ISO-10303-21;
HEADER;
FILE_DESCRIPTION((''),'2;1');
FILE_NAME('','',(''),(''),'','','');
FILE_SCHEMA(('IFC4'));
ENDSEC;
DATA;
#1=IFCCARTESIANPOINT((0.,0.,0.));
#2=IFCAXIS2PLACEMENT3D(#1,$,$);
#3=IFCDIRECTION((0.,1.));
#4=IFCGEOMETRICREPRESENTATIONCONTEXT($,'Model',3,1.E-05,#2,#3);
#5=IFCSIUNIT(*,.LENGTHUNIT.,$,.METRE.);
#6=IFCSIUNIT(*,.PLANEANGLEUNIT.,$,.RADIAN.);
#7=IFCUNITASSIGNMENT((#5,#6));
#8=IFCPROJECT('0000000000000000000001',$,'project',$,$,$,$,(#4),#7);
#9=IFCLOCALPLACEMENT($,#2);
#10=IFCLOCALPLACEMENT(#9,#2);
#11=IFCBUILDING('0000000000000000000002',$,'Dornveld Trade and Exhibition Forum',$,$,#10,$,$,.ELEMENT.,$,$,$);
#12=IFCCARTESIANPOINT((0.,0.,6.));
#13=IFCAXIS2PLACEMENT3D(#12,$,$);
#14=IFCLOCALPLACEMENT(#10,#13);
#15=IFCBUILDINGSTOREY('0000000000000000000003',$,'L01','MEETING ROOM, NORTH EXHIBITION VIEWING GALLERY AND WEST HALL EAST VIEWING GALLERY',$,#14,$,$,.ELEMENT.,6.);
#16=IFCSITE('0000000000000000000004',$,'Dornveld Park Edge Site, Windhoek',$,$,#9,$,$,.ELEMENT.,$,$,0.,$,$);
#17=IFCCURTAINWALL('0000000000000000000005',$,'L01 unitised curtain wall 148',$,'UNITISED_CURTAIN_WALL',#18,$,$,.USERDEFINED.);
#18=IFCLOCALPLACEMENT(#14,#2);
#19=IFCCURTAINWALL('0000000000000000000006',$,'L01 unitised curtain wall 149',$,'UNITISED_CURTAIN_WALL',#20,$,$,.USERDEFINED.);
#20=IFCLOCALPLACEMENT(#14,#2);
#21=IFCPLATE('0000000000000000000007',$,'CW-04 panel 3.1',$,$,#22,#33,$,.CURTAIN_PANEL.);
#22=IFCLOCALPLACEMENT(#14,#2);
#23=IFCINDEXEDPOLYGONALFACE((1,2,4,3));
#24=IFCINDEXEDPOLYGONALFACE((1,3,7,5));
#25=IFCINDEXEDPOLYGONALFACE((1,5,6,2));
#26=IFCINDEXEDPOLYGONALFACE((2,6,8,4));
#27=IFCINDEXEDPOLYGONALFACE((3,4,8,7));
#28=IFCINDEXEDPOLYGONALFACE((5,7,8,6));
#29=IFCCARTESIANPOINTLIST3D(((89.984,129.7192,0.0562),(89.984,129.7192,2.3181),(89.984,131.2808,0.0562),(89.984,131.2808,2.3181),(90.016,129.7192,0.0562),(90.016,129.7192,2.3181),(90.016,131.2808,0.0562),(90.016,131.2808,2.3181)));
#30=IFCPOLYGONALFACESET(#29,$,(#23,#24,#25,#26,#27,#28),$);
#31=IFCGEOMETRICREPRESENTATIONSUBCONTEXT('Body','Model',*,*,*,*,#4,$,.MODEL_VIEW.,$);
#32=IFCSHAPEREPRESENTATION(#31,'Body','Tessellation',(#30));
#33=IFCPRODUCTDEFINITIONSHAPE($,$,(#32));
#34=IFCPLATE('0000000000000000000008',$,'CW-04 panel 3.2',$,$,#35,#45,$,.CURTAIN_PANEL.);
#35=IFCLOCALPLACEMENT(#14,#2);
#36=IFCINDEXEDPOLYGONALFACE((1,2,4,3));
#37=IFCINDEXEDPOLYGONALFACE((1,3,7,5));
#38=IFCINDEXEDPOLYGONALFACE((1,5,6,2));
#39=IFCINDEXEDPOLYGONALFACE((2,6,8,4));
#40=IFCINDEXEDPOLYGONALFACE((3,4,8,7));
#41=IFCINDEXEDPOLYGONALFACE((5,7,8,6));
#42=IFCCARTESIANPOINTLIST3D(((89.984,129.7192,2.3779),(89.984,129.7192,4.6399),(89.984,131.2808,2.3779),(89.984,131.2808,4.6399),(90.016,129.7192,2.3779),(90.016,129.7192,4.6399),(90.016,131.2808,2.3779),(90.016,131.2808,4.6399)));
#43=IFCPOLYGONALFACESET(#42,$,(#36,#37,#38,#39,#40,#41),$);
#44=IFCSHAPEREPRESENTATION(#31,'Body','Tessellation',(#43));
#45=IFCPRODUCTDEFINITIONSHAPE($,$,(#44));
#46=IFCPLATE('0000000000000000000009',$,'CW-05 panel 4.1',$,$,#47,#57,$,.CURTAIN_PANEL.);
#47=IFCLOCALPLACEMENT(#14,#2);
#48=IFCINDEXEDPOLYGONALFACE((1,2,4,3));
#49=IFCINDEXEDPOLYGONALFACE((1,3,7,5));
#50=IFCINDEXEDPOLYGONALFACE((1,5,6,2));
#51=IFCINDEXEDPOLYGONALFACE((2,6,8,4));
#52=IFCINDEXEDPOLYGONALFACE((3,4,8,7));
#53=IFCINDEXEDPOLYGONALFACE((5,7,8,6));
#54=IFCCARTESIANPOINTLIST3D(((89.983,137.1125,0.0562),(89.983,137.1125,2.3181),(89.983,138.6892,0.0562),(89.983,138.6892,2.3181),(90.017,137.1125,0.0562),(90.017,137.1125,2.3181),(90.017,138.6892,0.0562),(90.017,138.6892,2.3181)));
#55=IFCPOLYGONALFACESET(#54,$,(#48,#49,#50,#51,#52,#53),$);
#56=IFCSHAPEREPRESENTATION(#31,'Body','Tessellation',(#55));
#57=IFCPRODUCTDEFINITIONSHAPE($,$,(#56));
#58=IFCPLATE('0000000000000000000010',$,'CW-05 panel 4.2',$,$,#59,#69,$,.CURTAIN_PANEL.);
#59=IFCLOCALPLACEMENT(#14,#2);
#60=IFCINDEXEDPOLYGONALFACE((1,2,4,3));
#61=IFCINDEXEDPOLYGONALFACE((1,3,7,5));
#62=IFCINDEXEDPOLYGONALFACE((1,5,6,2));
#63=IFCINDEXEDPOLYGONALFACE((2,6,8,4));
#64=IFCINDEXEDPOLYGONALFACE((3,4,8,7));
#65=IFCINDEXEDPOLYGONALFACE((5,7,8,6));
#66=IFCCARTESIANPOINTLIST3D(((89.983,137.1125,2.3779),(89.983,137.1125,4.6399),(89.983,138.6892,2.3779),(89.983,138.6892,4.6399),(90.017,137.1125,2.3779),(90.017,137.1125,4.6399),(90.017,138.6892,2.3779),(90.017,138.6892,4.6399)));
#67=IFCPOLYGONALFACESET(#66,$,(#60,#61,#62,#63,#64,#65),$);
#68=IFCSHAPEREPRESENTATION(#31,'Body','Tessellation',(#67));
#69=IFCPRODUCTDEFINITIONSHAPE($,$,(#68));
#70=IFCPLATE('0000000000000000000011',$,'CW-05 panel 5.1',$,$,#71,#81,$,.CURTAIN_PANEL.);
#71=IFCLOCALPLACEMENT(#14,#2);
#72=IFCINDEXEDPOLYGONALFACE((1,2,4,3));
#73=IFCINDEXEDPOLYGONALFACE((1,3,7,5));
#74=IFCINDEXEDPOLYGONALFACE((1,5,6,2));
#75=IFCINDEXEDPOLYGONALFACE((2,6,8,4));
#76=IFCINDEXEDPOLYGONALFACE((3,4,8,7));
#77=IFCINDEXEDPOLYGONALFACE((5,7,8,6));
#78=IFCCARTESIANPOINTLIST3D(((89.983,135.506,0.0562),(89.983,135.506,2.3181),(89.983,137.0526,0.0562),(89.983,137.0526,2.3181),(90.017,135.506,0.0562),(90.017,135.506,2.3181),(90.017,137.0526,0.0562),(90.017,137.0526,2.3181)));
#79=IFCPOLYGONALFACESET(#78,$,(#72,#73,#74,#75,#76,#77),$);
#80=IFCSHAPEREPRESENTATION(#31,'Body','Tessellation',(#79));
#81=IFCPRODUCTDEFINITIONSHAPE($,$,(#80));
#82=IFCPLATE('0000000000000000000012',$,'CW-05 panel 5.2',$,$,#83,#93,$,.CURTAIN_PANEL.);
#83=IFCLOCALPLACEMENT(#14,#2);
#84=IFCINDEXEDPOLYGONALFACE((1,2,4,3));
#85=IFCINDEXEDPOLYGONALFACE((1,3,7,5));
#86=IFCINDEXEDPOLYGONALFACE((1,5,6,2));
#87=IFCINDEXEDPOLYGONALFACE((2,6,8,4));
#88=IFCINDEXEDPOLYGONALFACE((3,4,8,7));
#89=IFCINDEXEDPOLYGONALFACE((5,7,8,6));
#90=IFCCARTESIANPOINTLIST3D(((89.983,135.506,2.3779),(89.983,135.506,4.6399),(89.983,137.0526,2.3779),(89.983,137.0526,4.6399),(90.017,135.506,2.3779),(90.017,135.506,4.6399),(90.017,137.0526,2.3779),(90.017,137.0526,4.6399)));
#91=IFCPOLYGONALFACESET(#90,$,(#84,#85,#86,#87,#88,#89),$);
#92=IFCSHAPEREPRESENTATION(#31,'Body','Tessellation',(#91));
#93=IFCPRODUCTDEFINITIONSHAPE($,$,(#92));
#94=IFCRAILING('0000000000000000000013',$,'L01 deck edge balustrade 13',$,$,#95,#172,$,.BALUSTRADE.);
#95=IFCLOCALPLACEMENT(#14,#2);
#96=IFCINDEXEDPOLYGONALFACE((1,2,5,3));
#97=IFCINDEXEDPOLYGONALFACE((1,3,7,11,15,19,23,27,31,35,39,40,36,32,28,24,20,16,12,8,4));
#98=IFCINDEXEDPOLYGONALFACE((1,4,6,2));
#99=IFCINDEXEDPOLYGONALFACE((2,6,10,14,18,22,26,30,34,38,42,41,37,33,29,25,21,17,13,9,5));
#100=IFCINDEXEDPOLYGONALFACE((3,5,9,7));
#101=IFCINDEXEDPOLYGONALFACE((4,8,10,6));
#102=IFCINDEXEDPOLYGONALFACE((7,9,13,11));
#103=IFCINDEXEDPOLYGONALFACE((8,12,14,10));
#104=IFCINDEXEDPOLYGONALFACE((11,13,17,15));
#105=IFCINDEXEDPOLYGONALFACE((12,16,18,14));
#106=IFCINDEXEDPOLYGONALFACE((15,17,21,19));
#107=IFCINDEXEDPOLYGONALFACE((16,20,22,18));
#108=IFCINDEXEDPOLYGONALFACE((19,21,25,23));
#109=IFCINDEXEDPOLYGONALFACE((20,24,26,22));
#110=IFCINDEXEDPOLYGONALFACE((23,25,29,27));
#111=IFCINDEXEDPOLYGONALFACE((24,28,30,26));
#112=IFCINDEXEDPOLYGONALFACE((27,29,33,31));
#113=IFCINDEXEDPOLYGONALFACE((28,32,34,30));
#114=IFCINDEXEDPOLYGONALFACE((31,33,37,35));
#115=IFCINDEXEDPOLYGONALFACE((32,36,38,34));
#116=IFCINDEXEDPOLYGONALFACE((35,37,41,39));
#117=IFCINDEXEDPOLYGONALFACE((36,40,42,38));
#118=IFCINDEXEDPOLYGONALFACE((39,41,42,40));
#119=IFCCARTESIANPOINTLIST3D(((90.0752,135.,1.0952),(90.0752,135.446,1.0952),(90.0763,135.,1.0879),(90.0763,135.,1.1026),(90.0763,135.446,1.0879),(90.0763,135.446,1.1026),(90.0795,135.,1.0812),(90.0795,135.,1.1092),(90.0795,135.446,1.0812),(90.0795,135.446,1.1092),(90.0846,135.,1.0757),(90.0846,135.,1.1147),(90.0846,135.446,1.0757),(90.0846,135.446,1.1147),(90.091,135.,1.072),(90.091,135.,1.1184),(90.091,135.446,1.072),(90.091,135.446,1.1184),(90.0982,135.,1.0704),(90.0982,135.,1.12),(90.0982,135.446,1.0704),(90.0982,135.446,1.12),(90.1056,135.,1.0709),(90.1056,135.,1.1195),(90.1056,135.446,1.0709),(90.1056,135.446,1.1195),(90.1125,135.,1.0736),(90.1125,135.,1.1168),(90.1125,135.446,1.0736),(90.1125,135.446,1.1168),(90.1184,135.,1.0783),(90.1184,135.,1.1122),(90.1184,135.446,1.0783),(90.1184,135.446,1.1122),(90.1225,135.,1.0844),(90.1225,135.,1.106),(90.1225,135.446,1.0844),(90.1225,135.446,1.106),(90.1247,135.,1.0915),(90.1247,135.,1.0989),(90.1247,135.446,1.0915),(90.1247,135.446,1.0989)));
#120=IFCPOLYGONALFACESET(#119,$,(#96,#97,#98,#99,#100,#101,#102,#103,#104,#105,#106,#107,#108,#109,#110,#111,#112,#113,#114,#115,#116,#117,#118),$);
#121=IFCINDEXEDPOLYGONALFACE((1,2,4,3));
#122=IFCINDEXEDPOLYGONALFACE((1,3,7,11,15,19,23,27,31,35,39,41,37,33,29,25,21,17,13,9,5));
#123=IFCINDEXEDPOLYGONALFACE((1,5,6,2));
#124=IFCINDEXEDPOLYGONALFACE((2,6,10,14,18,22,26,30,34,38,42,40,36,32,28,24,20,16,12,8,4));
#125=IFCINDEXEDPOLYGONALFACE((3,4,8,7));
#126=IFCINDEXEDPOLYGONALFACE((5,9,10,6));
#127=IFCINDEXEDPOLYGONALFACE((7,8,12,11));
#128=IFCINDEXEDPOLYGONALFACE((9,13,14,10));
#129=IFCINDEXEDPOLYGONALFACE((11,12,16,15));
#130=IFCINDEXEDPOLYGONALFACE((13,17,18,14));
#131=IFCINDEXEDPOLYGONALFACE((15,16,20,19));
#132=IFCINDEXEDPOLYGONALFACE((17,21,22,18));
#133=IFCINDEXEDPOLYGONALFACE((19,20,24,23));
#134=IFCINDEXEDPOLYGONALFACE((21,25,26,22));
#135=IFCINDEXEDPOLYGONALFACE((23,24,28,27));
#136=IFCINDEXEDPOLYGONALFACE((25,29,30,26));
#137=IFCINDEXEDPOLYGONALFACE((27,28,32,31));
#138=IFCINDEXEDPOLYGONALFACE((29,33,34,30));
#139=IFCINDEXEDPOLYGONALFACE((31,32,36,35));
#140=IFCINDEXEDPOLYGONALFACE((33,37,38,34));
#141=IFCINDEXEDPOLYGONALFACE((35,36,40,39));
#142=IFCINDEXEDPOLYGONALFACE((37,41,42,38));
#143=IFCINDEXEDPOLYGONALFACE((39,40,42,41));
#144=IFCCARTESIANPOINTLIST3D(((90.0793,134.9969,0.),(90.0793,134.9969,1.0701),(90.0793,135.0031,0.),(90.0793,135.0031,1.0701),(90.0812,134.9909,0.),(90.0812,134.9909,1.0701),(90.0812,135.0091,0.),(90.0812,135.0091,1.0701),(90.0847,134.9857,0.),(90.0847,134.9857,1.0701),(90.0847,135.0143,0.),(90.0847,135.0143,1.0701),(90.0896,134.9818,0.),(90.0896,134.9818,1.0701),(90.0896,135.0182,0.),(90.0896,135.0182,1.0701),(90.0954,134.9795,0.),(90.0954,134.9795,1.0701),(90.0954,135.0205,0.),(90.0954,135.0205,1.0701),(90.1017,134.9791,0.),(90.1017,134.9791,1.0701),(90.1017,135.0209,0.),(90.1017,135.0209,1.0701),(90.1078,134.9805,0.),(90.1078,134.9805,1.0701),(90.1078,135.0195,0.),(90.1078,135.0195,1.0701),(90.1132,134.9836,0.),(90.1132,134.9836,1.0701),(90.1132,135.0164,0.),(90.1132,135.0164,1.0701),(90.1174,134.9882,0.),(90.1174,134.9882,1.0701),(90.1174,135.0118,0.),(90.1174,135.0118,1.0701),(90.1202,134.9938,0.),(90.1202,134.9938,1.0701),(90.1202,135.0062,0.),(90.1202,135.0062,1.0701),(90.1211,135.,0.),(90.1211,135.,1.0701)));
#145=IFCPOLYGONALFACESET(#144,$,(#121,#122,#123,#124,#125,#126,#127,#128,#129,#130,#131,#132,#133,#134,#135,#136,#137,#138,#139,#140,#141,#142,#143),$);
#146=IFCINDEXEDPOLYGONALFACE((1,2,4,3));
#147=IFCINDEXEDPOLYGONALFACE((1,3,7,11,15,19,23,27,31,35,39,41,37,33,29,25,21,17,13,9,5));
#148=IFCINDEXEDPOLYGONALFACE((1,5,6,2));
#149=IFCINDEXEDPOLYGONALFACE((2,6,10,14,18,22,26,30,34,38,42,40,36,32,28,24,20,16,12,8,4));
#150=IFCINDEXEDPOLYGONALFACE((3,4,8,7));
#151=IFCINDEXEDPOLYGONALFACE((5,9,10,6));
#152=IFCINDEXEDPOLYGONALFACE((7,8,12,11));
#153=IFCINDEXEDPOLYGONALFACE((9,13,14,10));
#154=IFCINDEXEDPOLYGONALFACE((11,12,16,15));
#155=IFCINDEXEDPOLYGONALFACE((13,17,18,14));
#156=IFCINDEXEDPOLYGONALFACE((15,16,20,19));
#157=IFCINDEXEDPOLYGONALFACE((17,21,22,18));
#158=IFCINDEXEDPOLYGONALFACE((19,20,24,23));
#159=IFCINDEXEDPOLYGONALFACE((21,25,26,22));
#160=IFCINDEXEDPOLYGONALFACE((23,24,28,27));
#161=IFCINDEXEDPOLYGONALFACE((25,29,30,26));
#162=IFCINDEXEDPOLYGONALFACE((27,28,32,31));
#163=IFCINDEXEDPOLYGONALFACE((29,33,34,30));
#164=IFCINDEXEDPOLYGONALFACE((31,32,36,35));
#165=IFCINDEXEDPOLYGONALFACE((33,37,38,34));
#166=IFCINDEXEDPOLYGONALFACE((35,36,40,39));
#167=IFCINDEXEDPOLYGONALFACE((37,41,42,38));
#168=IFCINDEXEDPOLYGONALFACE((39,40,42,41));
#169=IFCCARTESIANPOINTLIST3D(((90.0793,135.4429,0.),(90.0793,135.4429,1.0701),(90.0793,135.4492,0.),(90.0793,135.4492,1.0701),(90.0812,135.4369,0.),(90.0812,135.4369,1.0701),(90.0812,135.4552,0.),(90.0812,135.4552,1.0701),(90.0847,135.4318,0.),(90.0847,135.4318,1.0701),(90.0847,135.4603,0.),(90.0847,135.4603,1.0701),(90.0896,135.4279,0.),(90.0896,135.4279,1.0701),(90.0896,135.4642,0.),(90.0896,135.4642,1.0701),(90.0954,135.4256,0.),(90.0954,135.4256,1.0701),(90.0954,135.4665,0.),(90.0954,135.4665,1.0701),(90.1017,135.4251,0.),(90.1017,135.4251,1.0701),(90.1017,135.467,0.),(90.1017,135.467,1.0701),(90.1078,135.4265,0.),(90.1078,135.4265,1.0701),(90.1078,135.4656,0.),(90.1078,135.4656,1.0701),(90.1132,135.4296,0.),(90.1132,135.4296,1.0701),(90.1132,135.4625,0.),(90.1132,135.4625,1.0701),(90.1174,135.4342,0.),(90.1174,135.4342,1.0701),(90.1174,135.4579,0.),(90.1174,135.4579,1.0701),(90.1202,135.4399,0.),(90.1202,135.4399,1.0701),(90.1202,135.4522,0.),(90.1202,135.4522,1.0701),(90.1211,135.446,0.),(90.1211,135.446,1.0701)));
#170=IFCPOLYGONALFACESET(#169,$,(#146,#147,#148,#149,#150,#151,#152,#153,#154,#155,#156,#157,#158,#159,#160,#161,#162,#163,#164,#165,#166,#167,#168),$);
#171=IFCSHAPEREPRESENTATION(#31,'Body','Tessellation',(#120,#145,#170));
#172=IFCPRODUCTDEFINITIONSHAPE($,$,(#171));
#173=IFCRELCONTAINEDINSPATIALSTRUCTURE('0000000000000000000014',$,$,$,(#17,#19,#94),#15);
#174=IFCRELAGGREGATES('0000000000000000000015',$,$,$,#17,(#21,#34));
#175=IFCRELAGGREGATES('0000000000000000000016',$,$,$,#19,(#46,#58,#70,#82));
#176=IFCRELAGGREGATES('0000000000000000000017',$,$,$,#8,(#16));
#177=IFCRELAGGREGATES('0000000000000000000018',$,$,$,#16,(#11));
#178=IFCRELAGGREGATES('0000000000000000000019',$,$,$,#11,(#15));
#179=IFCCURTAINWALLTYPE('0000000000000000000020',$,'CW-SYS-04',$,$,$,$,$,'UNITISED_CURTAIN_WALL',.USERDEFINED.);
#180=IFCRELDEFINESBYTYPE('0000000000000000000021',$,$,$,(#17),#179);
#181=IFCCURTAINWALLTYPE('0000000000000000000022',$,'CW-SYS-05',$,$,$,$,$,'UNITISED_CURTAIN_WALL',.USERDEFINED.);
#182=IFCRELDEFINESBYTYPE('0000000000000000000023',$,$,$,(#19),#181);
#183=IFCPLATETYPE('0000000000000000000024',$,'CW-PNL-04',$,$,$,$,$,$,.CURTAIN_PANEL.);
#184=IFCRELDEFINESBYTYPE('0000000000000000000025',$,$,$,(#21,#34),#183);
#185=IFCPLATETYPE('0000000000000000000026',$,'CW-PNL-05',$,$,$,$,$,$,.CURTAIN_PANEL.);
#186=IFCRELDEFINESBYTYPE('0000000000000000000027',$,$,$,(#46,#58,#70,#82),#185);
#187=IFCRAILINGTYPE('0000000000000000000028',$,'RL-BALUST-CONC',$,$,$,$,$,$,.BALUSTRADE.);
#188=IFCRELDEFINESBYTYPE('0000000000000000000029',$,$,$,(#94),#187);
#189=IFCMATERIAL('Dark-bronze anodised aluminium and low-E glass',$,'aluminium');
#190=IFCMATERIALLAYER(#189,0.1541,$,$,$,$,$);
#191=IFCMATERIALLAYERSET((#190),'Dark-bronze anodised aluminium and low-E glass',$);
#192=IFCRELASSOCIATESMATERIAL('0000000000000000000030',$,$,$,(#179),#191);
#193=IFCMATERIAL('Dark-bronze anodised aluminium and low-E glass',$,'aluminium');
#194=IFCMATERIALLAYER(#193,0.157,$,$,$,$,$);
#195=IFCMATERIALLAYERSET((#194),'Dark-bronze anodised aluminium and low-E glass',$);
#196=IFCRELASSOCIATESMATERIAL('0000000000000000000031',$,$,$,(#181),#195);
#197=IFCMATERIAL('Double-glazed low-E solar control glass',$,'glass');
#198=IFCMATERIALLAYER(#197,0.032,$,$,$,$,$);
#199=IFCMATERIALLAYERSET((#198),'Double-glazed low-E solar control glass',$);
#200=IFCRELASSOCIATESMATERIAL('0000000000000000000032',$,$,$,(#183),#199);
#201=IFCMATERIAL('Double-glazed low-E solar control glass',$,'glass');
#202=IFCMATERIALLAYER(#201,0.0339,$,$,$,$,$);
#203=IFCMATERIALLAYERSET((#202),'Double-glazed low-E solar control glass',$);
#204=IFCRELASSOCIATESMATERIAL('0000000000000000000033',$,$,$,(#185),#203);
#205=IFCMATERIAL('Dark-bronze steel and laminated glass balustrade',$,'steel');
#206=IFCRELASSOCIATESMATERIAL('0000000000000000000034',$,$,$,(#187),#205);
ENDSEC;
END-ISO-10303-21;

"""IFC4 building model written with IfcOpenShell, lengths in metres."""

from ifc_helpers import new_model, si_unit, direction, frame, origin, origin_2d, place, context, subcontext, project, spatial, rectangle, circle, extrude, material, layer, layer_set, type_object, element, aggregate, save


model = new_model("IFC4")

# Units and contexts
model_context = context("Model", 3, precision=1e-05, world=origin(), true_north=direction((0.0, 1.0)))
body_context = subcontext(model_context, "Body", "Model", "MODEL_VIEW")
ifc_project = project(units=[si_unit("LENGTHUNIT", "METRE"), si_unit("PLANEANGLEUNIT", "RADIAN")], contexts=[model_context])

# Site, building, storey
site_placement = place(None, origin())
site = spatial("IfcSite", under=ifc_project, at=site_placement, Name="Dornveld Park Edge Site, Windhoek", CompositionType="ELEMENT", RefElevation=0.0)
building_placement = place(site_placement, origin())
building = spatial("IfcBuilding", under=site, at=building_placement, Name="Dornveld Trade and Exhibition Forum", CompositionType="ELEMENT")
storey_placement = place(building_placement, frame((0.0, 0.0, 6.0)))
storey = spatial("IfcBuildingStorey", under=building, at=storey_placement, Name="L01", Description="MEETING ROOM, NORTH EXHIBITION VIEWING GALLERY AND WEST HALL EAST VIEWING GALLERY", CompositionType="ELEMENT", Elevation=6.0)

# Curtain walls
ifc_material_1 = material(Name="Dark-bronze anodised aluminium and low-E glass", Category="aluminium")
ifc_layer_1 = layer(ifc_material_1, 0.1541)
ifc_layer_set_1 = layer_set([ifc_layer_1], Name="Dark-bronze anodised aluminium and low-E glass")
curtain_wall_type_1 = type_object("IfcCurtainWallType", Name="CW-SYS-04", ElementType="UNITISED_CURTAIN_WALL", PredefinedType="USERDEFINED", material=ifc_layer_set_1)
curtain_wall_1_placement = place(storey_placement, origin())
curtain_wall_1 = element("IfcCurtainWall", 1, at=curtain_wall_1_placement, inside=storey, type_object=curtain_wall_type_1, Name="L01 unitised curtain wall 148", ObjectType="UNITISED_CURTAIN_WALL", PredefinedType="USERDEFINED")
ifc_material_2 = material(Name="Dark-bronze anodised aluminium and low-E glass", Category="aluminium")
ifc_layer_2 = layer(ifc_material_2, 0.157)
ifc_layer_set_2 = layer_set([ifc_layer_2], Name="Dark-bronze anodised aluminium and low-E glass")
curtain_wall_type_2 = type_object("IfcCurtainWallType", Name="CW-SYS-05", ElementType="UNITISED_CURTAIN_WALL", PredefinedType="USERDEFINED", material=ifc_layer_set_2)
curtain_wall_2_placement = place(storey_placement, origin())
curtain_wall_2 = element("IfcCurtainWall", 2, at=curtain_wall_2_placement, inside=storey, type_object=curtain_wall_type_2, Name="L01 unitised curtain wall 149", ObjectType="UNITISED_CURTAIN_WALL", PredefinedType="USERDEFINED")

# Plates
ifc_material_3 = material(Name="Double-glazed low-E solar control glass", Category="glass")
ifc_layer_3 = layer(ifc_material_3, 0.032)
ifc_layer_set_3 = layer_set([ifc_layer_3], Name="Double-glazed low-E solar control glass")
plate_type_1 = type_object("IfcPlateType", Name="CW-PNL-04", PredefinedType="CURTAIN_PANEL", material=ifc_layer_set_3)
plate_1_placement = place(storey_placement, frame((90.0, 130.5, 0.0562), z_axis=(0.0, 0.0, 1.0), x_axis=(0.0, -1.0, 0.0)))
plate_1 = element("IfcPlate", 3, at=plate_1_placement, type_object=plate_type_1, Name="CW-04 panel 3.1", PredefinedType="CURTAIN_PANEL", context=body_context, shape_type="SweptSolid", body=[
    extrude(rectangle(XDim=1.5615, YDim=0.032, at=origin_2d()), origin(), (0.0, 0.0, 1.0), 2.262),
])
plate_2_placement = place(storey_placement, frame((90.0, 130.5, 2.3779), z_axis=(0.0, 0.0, 1.0), x_axis=(0.0, -1.0, 0.0)))
plate_2 = element("IfcPlate", 4, at=plate_2_placement, type_object=plate_type_1, Name="CW-04 panel 3.2", PredefinedType="CURTAIN_PANEL", context=body_context, shape_type="SweptSolid", body=[
    extrude(rectangle(XDim=1.5615, YDim=0.032, at=origin_2d()), origin(), (0.0, 0.0, 1.0), 2.262),
])
aggregate(curtain_wall_1, [plate_1, plate_2])
ifc_material_4 = material(Name="Double-glazed low-E solar control glass", Category="glass")
ifc_layer_4 = layer(ifc_material_4, 0.0339)
ifc_layer_set_4 = layer_set([ifc_layer_4], Name="Double-glazed low-E solar control glass")
plate_type_2 = type_object("IfcPlateType", Name="CW-PNL-05", PredefinedType="CURTAIN_PANEL", material=ifc_layer_set_4)
plate_3_placement = place(storey_placement, frame((90.0, 137.9009, 0.0562), z_axis=(0.0, 0.0, 1.0), x_axis=(0.0, -1.0, 0.0)))
plate_3 = element("IfcPlate", 5, at=plate_3_placement, type_object=plate_type_2, Name="CW-05 panel 4.1", PredefinedType="CURTAIN_PANEL", context=body_context, shape_type="SweptSolid", body=[
    extrude(rectangle(XDim=1.5767, YDim=0.0339, at=origin_2d()), origin(), (0.0, 0.0, 1.0), 2.262),
])
plate_4_placement = place(storey_placement, frame((90.0, 137.9009, 2.3779), z_axis=(0.0, 0.0, 1.0), x_axis=(0.0, -1.0, 0.0)))
plate_4 = element("IfcPlate", 6, at=plate_4_placement, type_object=plate_type_2, Name="CW-05 panel 4.2", PredefinedType="CURTAIN_PANEL", context=body_context, shape_type="SweptSolid", body=[
    extrude(rectangle(XDim=1.5767, YDim=0.0339, at=origin_2d()), origin(), (0.0, 0.0, 1.0), 2.262),
])
plate_5_placement = place(storey_placement, frame((90.0, 136.2793, 0.0562), z_axis=(0.0, 0.0, 1.0), x_axis=(0.0, -1.0, 0.0)))
plate_5 = element("IfcPlate", 7, at=plate_5_placement, type_object=plate_type_2, Name="CW-05 panel 5.1", PredefinedType="CURTAIN_PANEL", context=body_context, shape_type="SweptSolid", body=[
    extrude(rectangle(XDim=1.5466, YDim=0.0339, at=origin_2d()), origin(), (0.0, 0.0, 1.0), 2.262),
])
plate_6_placement = place(storey_placement, frame((90.0, 136.2793, 2.3779), z_axis=(0.0, 0.0, 1.0), x_axis=(0.0, -1.0, 0.0)))
plate_6 = element("IfcPlate", 8, at=plate_6_placement, type_object=plate_type_2, Name="CW-05 panel 5.2", PredefinedType="CURTAIN_PANEL", context=body_context, shape_type="SweptSolid", body=[
    extrude(rectangle(XDim=1.5466, YDim=0.0339, at=origin_2d()), origin(), (0.0, 0.0, 1.0), 2.262),
])
aggregate(curtain_wall_2, [plate_3, plate_4, plate_5, plate_6])

# Railing
ifc_material_5 = material(Name="Dark-bronze steel and laminated glass balustrade", Category="steel")
railing_type = type_object("IfcRailingType", Name="RL-BALUST-CONC", PredefinedType="BALUSTRADE", material=ifc_material_5)
railing_placement = place(storey_placement, frame((90.1001, 135.0, 0.0)))
element("IfcRailing", 9, at=railing_placement, inside=storey, type_object=railing_type, Name="L01 deck edge balustrade 13", PredefinedType="BALUSTRADE", context=body_context, shape_type="SweptSolid", body=[
    extrude(circle(Radius=0.0249, at=origin_2d()), frame((0.0, 0.0, 1.0952), z_axis=(0.0, 1.0, 0.0), x_axis=(-1.0, 0.0, 0.0)), (0.0, 0.0, 1.0), 0.446),
    extrude(circle(Radius=0.021, at=origin_2d()), origin(), (0.0, 0.0, 1.0), 1.0701),
    extrude(circle(Radius=0.021, at=origin_2d()), frame((0.0, 0.446, 0.0)), (0.0, 0.0, 1.0), 1.0701),
])

save(model, "model.ifc")
